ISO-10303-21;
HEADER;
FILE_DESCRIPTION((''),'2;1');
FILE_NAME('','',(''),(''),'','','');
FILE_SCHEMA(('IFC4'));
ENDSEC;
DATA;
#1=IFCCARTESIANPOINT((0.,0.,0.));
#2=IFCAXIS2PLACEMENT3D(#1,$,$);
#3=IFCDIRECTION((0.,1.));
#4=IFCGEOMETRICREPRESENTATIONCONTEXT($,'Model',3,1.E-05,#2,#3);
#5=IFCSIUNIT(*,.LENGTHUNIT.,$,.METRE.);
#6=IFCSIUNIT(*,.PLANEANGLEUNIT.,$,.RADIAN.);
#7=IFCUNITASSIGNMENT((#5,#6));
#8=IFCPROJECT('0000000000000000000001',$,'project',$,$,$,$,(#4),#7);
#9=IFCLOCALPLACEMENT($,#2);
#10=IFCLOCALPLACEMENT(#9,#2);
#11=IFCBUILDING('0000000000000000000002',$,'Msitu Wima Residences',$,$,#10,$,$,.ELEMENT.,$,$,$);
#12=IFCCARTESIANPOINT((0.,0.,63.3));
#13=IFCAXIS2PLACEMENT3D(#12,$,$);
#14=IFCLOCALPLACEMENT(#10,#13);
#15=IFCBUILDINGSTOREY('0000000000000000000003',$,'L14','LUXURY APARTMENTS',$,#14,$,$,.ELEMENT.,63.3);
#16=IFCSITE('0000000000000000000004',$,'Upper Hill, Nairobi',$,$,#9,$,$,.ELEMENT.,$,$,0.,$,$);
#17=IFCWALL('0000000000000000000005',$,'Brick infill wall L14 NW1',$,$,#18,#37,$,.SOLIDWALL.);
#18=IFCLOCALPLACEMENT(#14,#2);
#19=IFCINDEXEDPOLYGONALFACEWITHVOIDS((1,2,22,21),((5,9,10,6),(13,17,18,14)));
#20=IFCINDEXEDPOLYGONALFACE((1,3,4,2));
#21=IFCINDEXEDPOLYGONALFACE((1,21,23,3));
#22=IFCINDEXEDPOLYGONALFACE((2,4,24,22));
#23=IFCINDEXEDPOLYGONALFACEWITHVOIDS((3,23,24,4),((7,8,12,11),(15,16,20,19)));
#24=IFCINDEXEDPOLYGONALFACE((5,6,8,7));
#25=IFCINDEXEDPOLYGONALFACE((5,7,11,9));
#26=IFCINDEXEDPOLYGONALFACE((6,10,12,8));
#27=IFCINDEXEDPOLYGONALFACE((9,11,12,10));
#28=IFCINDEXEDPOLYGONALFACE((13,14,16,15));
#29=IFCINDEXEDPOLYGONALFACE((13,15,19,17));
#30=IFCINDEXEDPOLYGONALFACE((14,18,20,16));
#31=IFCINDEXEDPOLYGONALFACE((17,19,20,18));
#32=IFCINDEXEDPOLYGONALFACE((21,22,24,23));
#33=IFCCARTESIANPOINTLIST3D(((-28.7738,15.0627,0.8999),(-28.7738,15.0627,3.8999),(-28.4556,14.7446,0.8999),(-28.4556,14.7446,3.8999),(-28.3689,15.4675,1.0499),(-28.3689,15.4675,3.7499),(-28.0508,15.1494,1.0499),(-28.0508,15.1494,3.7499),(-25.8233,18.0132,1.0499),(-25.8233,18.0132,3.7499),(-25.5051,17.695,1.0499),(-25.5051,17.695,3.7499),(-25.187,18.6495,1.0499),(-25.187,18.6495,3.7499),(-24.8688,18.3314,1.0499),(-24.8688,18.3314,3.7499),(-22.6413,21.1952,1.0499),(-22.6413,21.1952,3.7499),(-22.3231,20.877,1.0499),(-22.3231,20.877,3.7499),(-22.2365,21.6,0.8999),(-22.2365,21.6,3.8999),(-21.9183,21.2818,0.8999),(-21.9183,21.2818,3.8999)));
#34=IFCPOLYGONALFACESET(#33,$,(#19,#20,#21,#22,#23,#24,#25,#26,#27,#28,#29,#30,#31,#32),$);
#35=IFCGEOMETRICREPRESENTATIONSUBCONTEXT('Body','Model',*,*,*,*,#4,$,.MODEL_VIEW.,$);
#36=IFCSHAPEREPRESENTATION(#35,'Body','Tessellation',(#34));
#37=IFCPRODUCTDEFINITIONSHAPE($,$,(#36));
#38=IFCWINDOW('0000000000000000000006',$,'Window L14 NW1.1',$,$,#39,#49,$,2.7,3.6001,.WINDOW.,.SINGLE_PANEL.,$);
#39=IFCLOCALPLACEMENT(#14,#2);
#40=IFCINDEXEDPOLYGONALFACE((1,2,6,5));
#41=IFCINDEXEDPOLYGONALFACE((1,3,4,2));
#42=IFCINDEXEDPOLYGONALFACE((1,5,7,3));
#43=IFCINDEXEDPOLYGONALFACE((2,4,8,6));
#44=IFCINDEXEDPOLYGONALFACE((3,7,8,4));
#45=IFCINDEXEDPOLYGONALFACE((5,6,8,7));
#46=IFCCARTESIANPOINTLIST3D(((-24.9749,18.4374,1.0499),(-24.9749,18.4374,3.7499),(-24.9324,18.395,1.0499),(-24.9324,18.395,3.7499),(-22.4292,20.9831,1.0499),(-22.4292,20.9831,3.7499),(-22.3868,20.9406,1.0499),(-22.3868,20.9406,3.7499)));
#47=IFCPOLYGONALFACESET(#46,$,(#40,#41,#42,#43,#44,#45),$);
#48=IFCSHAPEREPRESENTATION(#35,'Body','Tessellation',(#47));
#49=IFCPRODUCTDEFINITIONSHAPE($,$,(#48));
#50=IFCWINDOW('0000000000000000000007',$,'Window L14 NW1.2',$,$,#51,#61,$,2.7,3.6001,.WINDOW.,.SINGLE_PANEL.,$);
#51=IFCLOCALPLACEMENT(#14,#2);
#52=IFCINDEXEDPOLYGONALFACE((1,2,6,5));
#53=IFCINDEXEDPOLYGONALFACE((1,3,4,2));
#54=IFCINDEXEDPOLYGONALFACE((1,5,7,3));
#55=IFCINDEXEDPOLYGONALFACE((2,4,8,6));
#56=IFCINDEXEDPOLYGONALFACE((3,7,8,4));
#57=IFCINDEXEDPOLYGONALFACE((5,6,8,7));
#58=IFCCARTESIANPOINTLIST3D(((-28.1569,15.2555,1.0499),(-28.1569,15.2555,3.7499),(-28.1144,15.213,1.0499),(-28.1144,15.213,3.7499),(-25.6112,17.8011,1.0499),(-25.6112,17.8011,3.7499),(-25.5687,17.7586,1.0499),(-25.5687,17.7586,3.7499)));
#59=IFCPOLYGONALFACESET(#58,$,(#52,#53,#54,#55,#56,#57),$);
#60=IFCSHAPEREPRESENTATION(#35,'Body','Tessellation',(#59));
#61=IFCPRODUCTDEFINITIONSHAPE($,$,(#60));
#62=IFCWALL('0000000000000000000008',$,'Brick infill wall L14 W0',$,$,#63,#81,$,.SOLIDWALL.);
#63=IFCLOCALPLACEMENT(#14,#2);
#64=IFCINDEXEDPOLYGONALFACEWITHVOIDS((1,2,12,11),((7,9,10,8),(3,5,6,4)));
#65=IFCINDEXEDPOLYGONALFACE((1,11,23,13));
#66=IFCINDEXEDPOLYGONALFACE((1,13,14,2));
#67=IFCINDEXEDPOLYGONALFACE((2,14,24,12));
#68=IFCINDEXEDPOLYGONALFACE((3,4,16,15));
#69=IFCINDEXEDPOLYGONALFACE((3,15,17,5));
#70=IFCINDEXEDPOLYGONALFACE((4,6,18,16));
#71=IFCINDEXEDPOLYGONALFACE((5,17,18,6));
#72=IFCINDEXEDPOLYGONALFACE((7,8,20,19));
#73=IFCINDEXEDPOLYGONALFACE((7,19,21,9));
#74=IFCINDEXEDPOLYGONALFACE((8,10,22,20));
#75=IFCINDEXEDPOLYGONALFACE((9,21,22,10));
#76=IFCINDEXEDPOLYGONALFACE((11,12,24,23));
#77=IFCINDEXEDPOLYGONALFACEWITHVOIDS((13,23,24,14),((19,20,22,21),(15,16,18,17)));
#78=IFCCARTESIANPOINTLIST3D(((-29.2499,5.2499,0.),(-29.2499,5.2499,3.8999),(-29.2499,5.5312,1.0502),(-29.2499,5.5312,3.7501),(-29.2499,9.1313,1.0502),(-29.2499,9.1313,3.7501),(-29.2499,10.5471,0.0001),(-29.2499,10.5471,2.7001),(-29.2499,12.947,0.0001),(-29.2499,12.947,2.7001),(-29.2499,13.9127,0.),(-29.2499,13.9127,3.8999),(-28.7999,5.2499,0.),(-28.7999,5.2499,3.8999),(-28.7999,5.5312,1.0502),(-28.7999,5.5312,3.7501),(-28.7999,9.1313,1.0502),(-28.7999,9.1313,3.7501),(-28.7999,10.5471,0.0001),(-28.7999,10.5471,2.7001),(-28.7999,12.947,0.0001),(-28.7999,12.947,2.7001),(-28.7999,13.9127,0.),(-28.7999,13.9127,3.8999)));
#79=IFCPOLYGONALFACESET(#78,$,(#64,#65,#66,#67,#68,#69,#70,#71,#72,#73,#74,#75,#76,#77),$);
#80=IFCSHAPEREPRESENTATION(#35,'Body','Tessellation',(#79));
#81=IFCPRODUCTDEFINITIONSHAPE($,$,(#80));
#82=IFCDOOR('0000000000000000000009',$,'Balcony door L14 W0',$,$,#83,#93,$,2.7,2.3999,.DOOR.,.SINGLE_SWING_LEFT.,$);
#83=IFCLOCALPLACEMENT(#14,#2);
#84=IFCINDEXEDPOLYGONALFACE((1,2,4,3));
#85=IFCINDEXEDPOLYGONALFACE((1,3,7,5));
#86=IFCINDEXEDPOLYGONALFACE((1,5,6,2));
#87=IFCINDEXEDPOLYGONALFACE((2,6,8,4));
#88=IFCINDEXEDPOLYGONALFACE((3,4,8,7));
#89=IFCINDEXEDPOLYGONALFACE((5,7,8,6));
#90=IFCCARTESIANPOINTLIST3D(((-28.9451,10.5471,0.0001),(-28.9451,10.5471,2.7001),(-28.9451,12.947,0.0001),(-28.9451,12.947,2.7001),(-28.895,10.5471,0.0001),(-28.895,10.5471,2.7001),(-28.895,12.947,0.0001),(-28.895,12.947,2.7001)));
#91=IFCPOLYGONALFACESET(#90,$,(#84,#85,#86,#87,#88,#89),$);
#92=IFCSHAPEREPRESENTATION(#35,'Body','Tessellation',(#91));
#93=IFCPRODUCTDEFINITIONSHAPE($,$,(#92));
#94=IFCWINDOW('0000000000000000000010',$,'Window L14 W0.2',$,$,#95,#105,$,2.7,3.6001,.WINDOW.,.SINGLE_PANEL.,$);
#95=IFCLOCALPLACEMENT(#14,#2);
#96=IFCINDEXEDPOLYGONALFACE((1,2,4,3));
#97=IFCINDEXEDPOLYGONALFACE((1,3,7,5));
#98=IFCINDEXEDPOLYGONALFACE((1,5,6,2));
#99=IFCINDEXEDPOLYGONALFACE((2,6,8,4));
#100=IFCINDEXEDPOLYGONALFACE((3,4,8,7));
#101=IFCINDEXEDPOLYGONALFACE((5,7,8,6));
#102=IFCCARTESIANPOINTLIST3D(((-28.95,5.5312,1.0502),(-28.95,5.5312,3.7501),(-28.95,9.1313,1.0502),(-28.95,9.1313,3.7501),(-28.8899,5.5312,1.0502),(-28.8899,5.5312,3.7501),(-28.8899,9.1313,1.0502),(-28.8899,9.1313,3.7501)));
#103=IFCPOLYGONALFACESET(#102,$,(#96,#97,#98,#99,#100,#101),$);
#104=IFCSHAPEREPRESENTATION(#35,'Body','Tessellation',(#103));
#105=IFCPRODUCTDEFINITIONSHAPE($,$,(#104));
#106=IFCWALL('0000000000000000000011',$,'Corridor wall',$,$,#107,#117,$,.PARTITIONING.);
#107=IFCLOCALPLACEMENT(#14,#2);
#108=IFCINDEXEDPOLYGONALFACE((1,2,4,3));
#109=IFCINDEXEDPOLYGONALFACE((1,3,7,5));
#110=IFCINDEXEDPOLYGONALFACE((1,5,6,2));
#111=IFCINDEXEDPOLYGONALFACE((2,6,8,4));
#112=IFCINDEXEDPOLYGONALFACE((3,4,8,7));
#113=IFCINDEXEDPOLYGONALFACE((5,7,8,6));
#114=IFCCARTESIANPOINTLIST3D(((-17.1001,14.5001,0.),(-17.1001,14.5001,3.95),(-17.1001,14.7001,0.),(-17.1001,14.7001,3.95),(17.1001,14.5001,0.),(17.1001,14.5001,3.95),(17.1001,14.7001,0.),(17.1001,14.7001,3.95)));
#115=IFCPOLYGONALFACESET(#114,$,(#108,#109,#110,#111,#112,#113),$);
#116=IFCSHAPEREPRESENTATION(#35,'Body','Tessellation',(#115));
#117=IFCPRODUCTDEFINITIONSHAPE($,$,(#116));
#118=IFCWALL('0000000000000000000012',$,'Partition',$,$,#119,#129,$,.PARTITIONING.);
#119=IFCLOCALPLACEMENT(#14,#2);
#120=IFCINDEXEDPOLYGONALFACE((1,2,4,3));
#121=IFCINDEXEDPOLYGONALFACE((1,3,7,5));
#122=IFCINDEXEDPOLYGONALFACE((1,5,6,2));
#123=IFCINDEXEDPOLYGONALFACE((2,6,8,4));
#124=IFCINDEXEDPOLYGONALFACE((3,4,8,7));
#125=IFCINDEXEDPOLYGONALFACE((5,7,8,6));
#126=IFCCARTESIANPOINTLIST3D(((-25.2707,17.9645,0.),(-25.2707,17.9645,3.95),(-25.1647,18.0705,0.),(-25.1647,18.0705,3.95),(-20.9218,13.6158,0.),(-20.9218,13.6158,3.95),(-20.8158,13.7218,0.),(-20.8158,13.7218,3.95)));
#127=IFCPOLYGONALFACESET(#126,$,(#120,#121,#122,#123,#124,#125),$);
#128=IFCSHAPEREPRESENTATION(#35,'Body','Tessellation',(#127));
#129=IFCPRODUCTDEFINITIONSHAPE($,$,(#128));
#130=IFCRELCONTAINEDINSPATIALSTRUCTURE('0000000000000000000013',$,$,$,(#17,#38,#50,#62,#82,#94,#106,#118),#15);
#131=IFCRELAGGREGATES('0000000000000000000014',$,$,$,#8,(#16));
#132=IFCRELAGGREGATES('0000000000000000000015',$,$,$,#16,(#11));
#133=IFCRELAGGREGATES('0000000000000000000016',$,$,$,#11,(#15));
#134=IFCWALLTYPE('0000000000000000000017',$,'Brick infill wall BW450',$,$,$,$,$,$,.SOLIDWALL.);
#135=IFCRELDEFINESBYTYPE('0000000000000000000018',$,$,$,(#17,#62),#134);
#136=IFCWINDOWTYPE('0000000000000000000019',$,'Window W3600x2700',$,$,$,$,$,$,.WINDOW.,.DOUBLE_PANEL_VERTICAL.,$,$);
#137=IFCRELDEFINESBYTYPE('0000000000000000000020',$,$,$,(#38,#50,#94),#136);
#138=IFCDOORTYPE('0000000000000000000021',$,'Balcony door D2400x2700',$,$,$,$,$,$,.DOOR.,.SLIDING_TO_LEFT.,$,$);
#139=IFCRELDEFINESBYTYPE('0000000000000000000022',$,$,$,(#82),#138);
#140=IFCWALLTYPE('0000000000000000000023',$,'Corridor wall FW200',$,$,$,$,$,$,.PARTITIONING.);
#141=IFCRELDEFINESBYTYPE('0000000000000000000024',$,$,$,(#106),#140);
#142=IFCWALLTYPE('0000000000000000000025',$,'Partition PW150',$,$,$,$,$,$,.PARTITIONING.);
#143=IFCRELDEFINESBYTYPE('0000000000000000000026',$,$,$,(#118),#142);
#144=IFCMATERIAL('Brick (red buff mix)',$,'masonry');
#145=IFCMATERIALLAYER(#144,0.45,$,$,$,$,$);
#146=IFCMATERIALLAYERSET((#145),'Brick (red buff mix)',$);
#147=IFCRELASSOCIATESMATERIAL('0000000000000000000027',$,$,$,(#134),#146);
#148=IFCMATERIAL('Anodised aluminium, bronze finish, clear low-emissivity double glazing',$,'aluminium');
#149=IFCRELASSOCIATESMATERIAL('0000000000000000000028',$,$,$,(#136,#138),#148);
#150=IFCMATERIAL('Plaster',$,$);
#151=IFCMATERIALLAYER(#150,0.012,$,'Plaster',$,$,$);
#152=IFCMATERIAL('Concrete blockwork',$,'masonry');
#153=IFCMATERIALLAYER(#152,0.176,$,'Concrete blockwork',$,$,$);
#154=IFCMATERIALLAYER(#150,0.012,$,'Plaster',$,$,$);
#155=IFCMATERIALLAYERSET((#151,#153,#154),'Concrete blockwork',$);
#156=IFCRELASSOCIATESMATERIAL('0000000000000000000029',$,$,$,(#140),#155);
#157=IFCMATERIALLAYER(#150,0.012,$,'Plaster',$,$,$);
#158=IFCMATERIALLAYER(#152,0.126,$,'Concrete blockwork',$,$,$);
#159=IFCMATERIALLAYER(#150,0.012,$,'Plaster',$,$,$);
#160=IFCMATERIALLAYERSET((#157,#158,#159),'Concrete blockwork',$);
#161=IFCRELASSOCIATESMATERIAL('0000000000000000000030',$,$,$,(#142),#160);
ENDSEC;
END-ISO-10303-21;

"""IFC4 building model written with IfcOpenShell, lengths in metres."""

from ifc_helpers import new_model, si_unit, direction, frame, frame_2d, origin, place, context, subcontext, project, spatial, rectangle, extrude, material, layer, layer_set, type_object, element, fill, save


model = new_model("IFC4")

# Units and contexts
model_context = context("Model", 3, precision=1e-05, world=origin(), true_north=direction((0.0, 1.0)))
body_context = subcontext(model_context, "Body", "Model", "MODEL_VIEW")
ifc_project = project(units=[si_unit("LENGTHUNIT", "METRE"), si_unit("PLANEANGLEUNIT", "RADIAN")], contexts=[model_context])

# Site, building, storey
site_placement = place(None, origin())
site = spatial("IfcSite", under=ifc_project, at=site_placement, Name="Upper Hill, Nairobi", CompositionType="ELEMENT", RefElevation=0.0)
building_placement = place(site_placement, origin())
building = spatial("IfcBuilding", under=site, at=building_placement, Name="Msitu Wima Residences", CompositionType="ELEMENT")
storey_placement = place(building_placement, frame((0.0, 0.0, 63.3)))
storey = spatial("IfcBuildingStorey", under=building, at=storey_placement, Name="L14", Description="LUXURY APARTMENTS", CompositionType="ELEMENT", Elevation=63.3)

# Wall, openings, windows
ifc_material_1 = material(Name="Brick (red buff mix)", Category="masonry")
ifc_layer_1 = layer(ifc_material_1, 0.45)
ifc_layer_set_1 = layer_set([ifc_layer_1], Name="Brick (red buff mix)")
wall_type_1 = type_object("IfcWallType", Name="Brick infill wall BW450", PredefinedType="SOLIDWALL", material=ifc_layer_set_1)
wall_1_placement = place(storey_placement, frame((-22.0774, 21.4409, 0.8999), z_axis=(0.0, 0.0, 1.0), x_axis=(-0.707107, -0.707107, 0.0)))
wall_1 = element("IfcWall", 1, at=wall_1_placement, inside=storey, type_object=wall_type_1, Name="Brick infill wall L14 NW1", PredefinedType="SOLIDWALL", context=body_context, shape_type="SweptSolid", body=[
    extrude(rectangle(XDim=9.2451, YDim=0.45, at=frame_2d((4.6226, 0.0))), origin(), (0.0, 0.0, 1.0), 3.0),
])
opening_1_placement = place(wall_1_placement, frame((0.5725, 0.0, 0.1499)))
opening_1 = element("IfcOpeningElement", 2, at=opening_1_placement, cuts=wall_1, PredefinedType="OPENING", context=body_context, shape_type="SweptSolid", body=[
    extrude(rectangle(XDim=3.6001, YDim=2.7, at=frame_2d((1.8, 1.3501))), frame((0.0, 0.2349, 0.0), z_axis=(0.0, -1.0, 0.0), x_axis=(1.0, 0.0, 0.0)), (0.0, 0.0, 1.0), 0.47),
])
opening_2_placement = place(wall_1_placement, frame((5.0725, 0.0, 0.1499)))
opening_2 = element("IfcOpeningElement", 3, at=opening_2_placement, cuts=wall_1, PredefinedType="OPENING", context=body_context, shape_type="SweptSolid", body=[
    extrude(rectangle(XDim=3.6001, YDim=2.7, at=frame_2d((1.8, 1.3501))), frame((0.0, 0.2349, 0.0), z_axis=(0.0, -1.0, 0.0), x_axis=(1.0, 0.0, 0.0)), (0.0, 0.0, 1.0), 0.47),
])
ifc_material_2 = material(Name="Anodised aluminium, bronze finish, clear low-emissivity double glazing", Category="aluminium")
window_type = type_object("IfcWindowType", Name="Window W3600x2700", PartitioningType="DOUBLE_PANEL_VERTICAL", PredefinedType="WINDOW", material=ifc_material_2)
window_1_placement = place(opening_1_placement, origin())
window_1 = element("IfcWindow", 4, at=window_1_placement, inside=storey, type_object=window_type, Name="Window L14 NW1.1", OverallHeight=2.7, OverallWidth=3.6001, PartitioningType="SINGLE_PANEL", PredefinedType="WINDOW", context=body_context, shape_type="SweptSolid", body=[
    extrude(rectangle(XDim=3.6001, YDim=2.7, at=frame_2d((1.8, 1.3501))), frame((0.0, 0.135, 0.0), z_axis=(0.0, -1.0, 0.0), x_axis=(1.0, 0.0, 0.0)), (0.0, 0.0, 1.0), 0.0601),
])
fill(opening_1, window_1)
window_2_placement = place(opening_2_placement, origin())
window_2 = element("IfcWindow", 5, at=window_2_placement, inside=storey, type_object=window_type, Name="Window L14 NW1.2", OverallHeight=2.7, OverallWidth=3.6001, PartitioningType="SINGLE_PANEL", PredefinedType="WINDOW", context=body_context, shape_type="SweptSolid", body=[
    extrude(rectangle(XDim=3.6001, YDim=2.7, at=frame_2d((1.8, 1.3501))), frame((0.0, 0.135, 0.0), z_axis=(0.0, -1.0, 0.0), x_axis=(1.0, 0.0, 0.0)), (0.0, 0.0, 1.0), 0.0601),
])
fill(opening_2, window_2)

# Wall, openings, door, window
wall_2_placement = place(storey_placement, frame((-29.0249, 13.9128, 0.0), z_axis=(0.0, 0.0, 1.0), x_axis=(0.0, -1.0, 0.0)))
wall_2 = element("IfcWall", 6, at=wall_2_placement, inside=storey, type_object=wall_type_1, Name="Brick infill wall L14 W0", PredefinedType="SOLIDWALL", context=body_context, shape_type="SweptSolid", body=[
    extrude(rectangle(XDim=8.6628, YDim=0.45, at=frame_2d((4.3315, 0.0))), origin(), (0.0, 0.0, 1.0), 3.8999),
])
opening_3_placement = place(wall_2_placement, frame((0.9658, 0.0, 0.0)))
opening_3 = element("IfcOpeningElement", 7, at=opening_3_placement, cuts=wall_2, PredefinedType="OPENING", context=body_context, shape_type="SweptSolid", body=[
    extrude(rectangle(XDim=2.3999, YDim=2.7, at=frame_2d((1.2, 1.3501))), frame((0.0, 0.2349, 0.0), z_axis=(0.0, -1.0, 0.0), x_axis=(1.0, 0.0, 0.0)), (0.0, 0.0, 1.0), 0.47),
])
opening_4_placement = place(wall_2_placement, frame((4.7815, 0.0, 1.05)))
opening_4 = element("IfcOpeningElement", 8, at=opening_4_placement, cuts=wall_2, PredefinedType="OPENING", context=body_context, shape_type="SweptSolid", body=[
    extrude(rectangle(XDim=3.6001, YDim=2.7, at=frame_2d((1.8, 1.3501))), frame((0.0, 0.2349, 0.0), z_axis=(0.0, -1.0, 0.0), x_axis=(1.0, 0.0, 0.0)), (0.0, 0.0, 1.0), 0.47),
])
door_type_1 = type_object("IfcDoorType", Name="Balcony door D2400x2700", OperationType="SLIDING_TO_LEFT", PredefinedType="DOOR", material=ifc_material_2)
door_1_placement = place(opening_3_placement, origin())
door_1 = element("IfcDoor", 9, at=door_1_placement, inside=storey, type_object=door_type_1, Name="Balcony door L14 W0", OperationType="SINGLE_SWING_LEFT", OverallHeight=2.7, OverallWidth=2.3999, PredefinedType="DOOR", context=body_context, shape_type="SweptSolid", body=[
    extrude(rectangle(XDim=2.3999, YDim=2.7, at=frame_2d((1.2, 1.3501))), frame((0.0, 0.1299, 0.0), z_axis=(0.0, -1.0, 0.0), x_axis=(1.0, 0.0, 0.0)), (0.0, 0.0, 1.0), 0.05),
])
fill(opening_3, door_1)
window_3_placement = place(opening_4_placement, origin())
window_3 = element("IfcWindow", 10, at=window_3_placement, inside=storey, type_object=window_type, Name="Window L14 W0.2", OverallHeight=2.7, OverallWidth=3.6001, PartitioningType="SINGLE_PANEL", PredefinedType="WINDOW", context=body_context, shape_type="SweptSolid", body=[
    extrude(rectangle(XDim=3.6001, YDim=2.7, at=frame_2d((1.8, 1.3501))), frame((0.0, 0.135, 0.0), z_axis=(0.0, -1.0, 0.0), x_axis=(1.0, 0.0, 0.0)), (0.0, 0.0, 1.0), 0.0601),
])
fill(opening_4, window_3)

# Walls
ifc_material_3 = material(Name="Plaster")
ifc_layer_2 = layer(ifc_material_3, 0.012, Name="Plaster")
ifc_material_4 = material(Name="Concrete blockwork", Category="masonry")
ifc_layer_3 = layer(ifc_material_4, 0.176, Name="Concrete blockwork")
ifc_layer_4 = layer(ifc_material_3, 0.012, Name="Plaster")
ifc_layer_set_2 = layer_set([ifc_layer_2, ifc_layer_3, ifc_layer_4], Name="Concrete blockwork")
wall_type_2 = type_object("IfcWallType", Name="Corridor wall FW200", PredefinedType="PARTITIONING", material=ifc_layer_set_2)
wall_3_placement = place(storey_placement, frame((-17.1001, 14.6001, 0.0), z_axis=(0.0, 0.0, 1.0), x_axis=(1.0, 0.0, 0.0)))
element("IfcWall", 11, at=wall_3_placement, inside=storey, type_object=wall_type_2, Name="Corridor wall", PredefinedType="PARTITIONING", context=body_context, shape_type="SweptSolid", body=[
    extrude(rectangle(XDim=34.2002, YDim=0.2, at=frame_2d((17.1001, 0.0))), origin(), (0.0, 0.0, 1.0), 3.95),
])
ifc_layer_5 = layer(ifc_material_3, 0.012, Name="Plaster")
ifc_layer_6 = layer(ifc_material_4, 0.126, Name="Concrete blockwork")
ifc_layer_7 = layer(ifc_material_3, 0.012, Name="Plaster")
ifc_layer_set_3 = layer_set([ifc_layer_5, ifc_layer_6, ifc_layer_7], Name="Concrete blockwork")
wall_type_3 = type_object("IfcWallType", Name="Partition PW150", PredefinedType="PARTITIONING", material=ifc_layer_set_3)
wall_4_placement = place(storey_placement, frame((-25.2178, 18.0176, 0.0), z_axis=(0.0, 0.0, 1.0), x_axis=(0.707127, -0.707087, 0.0)))
element("IfcWall", 12, at=wall_4_placement, inside=storey, type_object=wall_type_3, Name="Partition", PredefinedType="PARTITIONING", context=body_context, shape_type="SweptSolid", body=[
    extrude(rectangle(XDim=6.1501, YDim=0.1499, at=frame_2d((3.0752, 0.0))), origin(), (0.0, 0.0, 1.0), 3.95),
])

save(model, "model.ifc")
